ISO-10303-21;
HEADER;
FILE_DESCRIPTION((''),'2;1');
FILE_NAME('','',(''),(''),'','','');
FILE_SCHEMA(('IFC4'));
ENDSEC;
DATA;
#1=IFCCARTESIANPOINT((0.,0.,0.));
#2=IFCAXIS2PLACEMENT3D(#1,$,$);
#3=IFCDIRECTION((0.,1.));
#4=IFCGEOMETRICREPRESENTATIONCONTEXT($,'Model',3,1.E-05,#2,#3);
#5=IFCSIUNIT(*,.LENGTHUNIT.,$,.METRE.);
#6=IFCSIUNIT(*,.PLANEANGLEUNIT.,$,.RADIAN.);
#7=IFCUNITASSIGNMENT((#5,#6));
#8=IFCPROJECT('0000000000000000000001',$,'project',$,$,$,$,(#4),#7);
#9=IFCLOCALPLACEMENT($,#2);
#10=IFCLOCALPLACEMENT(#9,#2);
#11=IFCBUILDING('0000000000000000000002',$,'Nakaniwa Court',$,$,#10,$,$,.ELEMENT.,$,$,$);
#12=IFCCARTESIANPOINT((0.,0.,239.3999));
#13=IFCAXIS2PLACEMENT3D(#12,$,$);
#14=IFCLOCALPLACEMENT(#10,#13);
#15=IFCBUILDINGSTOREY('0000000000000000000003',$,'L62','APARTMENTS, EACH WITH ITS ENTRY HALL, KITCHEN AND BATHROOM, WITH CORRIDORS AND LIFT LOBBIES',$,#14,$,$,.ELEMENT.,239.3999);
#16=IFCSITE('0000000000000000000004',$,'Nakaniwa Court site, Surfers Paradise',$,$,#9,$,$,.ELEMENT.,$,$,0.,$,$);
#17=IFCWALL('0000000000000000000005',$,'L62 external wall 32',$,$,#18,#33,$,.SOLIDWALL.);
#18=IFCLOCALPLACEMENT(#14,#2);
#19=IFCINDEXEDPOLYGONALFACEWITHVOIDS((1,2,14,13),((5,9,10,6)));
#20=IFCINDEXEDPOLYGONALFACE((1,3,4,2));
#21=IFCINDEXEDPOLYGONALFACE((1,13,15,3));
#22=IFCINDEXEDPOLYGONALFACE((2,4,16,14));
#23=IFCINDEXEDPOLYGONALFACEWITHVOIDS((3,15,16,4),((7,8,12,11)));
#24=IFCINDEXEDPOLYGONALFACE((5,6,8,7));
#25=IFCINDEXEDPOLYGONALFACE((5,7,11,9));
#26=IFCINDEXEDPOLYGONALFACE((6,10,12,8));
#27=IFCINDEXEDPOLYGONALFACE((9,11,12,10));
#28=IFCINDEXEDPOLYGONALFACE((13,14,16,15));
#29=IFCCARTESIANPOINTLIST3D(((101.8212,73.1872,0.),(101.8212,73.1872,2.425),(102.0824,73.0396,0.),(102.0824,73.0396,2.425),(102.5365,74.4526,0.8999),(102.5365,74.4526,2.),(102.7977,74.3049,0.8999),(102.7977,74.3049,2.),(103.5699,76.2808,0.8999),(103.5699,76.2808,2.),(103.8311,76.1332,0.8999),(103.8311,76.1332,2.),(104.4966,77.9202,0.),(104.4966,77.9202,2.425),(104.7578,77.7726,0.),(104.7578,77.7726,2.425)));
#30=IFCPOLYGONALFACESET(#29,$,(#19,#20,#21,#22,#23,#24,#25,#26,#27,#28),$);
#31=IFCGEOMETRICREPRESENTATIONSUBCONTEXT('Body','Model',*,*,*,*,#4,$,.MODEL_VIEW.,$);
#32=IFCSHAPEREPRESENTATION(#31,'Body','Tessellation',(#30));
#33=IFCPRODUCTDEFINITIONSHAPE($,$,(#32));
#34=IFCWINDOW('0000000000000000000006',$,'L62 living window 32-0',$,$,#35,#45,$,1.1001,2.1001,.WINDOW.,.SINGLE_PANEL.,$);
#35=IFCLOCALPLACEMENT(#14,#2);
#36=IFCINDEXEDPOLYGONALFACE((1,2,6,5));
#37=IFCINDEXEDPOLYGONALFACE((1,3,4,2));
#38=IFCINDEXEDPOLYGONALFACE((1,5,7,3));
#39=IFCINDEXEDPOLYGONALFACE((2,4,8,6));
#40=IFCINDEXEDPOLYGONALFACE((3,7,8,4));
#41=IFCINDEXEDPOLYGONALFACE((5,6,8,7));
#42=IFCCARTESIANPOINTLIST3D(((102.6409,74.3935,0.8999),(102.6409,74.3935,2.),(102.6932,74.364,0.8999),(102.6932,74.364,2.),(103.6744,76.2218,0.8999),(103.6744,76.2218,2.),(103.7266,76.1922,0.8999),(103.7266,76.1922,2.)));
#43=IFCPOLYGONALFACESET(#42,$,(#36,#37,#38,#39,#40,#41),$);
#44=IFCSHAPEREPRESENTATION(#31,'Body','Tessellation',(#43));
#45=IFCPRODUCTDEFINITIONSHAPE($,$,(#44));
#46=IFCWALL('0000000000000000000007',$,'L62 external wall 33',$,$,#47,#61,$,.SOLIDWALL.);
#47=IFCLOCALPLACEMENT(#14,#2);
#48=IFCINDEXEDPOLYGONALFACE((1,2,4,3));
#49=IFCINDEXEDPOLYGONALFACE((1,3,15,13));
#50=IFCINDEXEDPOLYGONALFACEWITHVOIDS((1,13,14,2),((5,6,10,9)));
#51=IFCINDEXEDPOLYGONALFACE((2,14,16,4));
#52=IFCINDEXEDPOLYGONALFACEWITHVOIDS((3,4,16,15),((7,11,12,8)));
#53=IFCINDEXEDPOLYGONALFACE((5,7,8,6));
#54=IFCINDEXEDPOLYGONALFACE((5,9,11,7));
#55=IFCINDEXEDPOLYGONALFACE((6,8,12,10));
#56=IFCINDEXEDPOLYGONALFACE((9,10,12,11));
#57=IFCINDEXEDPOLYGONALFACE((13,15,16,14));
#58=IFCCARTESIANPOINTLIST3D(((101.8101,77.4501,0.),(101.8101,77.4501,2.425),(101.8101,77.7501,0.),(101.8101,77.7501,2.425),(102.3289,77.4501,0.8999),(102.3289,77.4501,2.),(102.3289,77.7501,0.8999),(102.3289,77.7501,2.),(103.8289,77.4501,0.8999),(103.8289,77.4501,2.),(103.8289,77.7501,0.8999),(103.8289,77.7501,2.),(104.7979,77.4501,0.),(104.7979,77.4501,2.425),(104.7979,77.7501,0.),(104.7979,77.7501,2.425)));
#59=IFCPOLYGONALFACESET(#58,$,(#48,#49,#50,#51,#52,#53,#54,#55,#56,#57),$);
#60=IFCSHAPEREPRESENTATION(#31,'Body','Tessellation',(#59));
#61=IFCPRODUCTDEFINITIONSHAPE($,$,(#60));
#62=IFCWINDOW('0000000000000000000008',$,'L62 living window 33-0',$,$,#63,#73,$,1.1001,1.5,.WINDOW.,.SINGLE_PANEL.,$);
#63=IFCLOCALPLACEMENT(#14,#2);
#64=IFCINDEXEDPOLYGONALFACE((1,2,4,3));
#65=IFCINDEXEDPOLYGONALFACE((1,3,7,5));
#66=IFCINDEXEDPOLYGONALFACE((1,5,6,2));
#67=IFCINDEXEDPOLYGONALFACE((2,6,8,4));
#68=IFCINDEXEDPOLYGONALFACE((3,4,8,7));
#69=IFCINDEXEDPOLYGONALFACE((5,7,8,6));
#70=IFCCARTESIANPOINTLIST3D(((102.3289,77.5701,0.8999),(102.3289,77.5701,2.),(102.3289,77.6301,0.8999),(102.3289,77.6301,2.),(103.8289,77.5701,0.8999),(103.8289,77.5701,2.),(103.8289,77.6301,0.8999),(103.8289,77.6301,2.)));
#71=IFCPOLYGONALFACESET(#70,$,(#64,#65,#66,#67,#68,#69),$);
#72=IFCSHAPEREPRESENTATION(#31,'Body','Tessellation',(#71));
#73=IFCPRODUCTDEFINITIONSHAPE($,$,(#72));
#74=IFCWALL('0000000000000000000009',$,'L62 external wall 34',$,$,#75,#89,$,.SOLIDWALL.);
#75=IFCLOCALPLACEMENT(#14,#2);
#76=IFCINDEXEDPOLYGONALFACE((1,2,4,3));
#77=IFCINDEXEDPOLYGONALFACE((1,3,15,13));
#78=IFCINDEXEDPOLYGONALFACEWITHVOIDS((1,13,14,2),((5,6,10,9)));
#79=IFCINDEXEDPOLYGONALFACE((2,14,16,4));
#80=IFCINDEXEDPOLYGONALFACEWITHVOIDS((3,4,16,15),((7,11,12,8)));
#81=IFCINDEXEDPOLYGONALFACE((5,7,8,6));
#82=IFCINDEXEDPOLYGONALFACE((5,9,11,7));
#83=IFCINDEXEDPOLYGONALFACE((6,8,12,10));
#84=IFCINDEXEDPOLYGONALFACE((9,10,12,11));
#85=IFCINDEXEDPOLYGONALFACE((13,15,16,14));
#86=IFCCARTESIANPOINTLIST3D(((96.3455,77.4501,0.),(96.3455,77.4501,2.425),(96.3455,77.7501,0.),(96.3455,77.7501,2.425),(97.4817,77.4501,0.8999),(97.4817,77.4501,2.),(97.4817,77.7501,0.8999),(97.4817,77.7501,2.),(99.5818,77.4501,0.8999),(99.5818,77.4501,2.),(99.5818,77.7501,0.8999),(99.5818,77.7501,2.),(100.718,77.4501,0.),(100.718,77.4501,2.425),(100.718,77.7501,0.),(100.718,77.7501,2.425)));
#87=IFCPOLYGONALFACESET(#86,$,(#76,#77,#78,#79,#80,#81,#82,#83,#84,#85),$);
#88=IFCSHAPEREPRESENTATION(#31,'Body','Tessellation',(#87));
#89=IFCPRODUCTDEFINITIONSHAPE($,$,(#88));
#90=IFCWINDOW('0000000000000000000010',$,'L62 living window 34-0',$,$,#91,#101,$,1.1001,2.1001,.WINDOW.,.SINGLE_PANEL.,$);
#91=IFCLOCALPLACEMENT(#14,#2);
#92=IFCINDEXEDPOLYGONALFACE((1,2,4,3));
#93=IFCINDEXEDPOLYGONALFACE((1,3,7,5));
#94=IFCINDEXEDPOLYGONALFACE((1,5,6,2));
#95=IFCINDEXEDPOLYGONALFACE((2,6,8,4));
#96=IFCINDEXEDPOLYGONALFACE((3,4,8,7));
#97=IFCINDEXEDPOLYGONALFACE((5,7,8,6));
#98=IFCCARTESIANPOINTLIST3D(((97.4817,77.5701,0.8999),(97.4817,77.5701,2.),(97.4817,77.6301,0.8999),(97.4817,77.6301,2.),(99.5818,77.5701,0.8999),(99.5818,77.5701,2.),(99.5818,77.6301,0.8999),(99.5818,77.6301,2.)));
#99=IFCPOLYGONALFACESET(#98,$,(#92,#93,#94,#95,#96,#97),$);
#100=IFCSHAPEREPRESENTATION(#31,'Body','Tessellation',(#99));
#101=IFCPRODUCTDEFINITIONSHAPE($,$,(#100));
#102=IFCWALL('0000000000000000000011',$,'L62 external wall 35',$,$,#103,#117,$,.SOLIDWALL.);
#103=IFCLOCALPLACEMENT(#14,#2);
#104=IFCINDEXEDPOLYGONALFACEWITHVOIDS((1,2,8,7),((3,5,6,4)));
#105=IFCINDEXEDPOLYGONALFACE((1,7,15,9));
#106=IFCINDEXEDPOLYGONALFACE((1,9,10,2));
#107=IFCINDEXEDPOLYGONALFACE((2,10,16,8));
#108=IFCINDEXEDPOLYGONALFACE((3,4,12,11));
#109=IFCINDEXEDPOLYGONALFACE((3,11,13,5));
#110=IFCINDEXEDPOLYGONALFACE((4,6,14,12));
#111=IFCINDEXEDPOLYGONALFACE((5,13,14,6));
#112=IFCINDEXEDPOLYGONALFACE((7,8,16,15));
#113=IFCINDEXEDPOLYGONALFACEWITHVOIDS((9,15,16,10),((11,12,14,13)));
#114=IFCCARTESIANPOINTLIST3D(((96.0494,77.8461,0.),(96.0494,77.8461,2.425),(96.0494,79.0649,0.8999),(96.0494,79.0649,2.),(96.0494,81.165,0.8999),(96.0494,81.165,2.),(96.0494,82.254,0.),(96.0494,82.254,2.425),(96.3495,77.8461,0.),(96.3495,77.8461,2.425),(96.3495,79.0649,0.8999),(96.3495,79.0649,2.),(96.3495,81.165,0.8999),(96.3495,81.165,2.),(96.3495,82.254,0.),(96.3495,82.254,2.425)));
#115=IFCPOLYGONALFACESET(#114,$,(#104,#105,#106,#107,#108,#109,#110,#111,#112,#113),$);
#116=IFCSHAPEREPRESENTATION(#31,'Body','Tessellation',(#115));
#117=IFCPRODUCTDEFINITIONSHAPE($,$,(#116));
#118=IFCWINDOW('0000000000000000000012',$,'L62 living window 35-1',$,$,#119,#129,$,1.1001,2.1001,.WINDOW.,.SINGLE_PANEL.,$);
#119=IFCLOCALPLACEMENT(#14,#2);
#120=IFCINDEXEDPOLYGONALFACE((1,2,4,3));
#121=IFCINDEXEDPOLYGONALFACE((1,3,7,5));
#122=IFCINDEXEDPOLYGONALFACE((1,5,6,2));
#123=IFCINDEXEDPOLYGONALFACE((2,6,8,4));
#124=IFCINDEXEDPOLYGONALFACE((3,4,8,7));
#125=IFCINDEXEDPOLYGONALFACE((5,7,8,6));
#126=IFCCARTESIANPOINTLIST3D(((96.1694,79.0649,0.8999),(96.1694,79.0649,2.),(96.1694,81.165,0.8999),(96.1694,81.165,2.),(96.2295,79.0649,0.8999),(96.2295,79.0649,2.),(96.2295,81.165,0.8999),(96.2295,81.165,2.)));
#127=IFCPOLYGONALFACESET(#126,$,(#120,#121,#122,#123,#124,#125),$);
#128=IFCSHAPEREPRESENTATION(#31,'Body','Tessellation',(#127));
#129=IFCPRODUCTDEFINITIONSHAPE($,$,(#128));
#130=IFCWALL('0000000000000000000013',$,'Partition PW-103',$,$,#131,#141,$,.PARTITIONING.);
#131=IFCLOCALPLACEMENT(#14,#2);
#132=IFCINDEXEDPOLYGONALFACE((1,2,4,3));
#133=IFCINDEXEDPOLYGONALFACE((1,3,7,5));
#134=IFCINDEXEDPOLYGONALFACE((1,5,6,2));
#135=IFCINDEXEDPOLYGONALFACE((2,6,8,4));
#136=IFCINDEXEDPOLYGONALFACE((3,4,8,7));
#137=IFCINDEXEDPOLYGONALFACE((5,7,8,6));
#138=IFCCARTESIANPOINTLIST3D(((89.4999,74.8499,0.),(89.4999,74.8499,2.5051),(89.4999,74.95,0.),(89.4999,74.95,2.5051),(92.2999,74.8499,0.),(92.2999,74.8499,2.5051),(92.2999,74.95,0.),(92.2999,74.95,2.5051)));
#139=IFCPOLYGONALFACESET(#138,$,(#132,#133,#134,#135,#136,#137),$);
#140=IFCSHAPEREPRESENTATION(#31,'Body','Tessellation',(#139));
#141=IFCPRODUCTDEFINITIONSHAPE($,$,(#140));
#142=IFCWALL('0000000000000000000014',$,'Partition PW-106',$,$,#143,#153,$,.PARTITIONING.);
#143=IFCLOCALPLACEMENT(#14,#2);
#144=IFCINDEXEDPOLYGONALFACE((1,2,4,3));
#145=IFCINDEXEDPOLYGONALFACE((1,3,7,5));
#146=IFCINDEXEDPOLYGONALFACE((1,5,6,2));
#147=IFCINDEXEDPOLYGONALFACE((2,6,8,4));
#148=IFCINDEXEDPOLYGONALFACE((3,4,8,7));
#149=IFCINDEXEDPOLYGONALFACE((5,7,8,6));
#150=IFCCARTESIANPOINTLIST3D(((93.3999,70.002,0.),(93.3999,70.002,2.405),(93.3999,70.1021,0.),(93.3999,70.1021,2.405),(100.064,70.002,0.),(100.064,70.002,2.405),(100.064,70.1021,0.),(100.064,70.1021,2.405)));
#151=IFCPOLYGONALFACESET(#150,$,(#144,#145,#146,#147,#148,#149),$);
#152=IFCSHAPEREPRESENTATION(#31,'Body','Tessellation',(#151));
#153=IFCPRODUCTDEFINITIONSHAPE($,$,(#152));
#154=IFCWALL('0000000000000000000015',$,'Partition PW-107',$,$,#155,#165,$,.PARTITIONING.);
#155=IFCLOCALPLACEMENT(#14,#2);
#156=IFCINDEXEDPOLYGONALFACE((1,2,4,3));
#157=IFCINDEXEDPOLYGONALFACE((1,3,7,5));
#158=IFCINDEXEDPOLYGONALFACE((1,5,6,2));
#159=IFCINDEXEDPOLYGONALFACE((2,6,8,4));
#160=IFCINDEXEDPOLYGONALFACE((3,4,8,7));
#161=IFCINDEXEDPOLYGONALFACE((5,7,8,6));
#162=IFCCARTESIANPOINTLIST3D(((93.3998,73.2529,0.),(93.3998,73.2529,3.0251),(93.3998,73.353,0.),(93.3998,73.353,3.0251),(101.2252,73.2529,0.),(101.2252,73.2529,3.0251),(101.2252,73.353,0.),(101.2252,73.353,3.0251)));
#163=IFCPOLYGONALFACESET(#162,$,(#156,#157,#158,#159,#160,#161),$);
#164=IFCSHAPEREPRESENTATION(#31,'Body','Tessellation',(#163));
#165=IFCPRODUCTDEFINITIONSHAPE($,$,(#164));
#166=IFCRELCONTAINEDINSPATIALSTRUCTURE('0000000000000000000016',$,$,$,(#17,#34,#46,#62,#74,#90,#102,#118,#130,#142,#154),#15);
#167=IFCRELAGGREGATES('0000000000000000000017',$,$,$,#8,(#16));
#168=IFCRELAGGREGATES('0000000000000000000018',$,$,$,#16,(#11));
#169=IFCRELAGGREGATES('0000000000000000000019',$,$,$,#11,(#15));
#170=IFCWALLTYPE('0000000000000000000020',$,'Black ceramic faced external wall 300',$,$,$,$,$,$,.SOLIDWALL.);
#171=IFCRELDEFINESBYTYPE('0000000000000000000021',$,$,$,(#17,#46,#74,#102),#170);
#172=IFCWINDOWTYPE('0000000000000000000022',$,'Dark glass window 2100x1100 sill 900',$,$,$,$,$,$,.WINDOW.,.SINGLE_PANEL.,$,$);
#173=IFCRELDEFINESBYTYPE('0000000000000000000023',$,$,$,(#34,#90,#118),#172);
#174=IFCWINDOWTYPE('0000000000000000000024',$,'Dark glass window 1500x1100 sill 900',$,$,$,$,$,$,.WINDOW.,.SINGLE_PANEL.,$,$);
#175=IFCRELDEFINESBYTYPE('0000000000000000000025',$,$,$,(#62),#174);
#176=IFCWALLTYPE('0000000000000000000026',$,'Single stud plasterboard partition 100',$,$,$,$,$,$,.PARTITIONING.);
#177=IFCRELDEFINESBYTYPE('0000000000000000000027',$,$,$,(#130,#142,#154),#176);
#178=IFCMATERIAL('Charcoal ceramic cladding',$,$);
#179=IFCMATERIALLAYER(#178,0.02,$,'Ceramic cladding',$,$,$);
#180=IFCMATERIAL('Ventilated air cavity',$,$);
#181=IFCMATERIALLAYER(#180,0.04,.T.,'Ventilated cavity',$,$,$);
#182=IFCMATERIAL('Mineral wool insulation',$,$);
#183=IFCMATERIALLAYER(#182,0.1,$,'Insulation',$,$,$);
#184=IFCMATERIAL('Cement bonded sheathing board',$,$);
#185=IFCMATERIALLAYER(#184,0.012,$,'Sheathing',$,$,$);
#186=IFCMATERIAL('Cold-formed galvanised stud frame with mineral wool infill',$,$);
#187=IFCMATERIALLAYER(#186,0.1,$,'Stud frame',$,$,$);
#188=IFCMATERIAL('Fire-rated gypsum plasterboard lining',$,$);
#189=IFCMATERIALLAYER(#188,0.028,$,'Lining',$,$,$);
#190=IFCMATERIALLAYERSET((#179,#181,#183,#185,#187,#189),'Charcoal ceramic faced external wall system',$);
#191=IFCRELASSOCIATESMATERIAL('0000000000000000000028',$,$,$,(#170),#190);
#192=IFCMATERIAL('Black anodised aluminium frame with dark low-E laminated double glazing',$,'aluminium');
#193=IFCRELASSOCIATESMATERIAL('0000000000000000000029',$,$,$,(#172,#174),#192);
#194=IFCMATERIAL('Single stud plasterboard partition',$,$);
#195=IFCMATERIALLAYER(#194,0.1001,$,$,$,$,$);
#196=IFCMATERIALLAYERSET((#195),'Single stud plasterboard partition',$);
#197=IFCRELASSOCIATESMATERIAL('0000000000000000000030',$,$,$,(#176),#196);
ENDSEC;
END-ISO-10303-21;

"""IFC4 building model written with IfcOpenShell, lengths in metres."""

from ifc_helpers import new_model, si_unit, direction, frame, frame_2d, origin, place, context, subcontext, project, spatial, rectangle, extrude, material, layer, layer_set, type_object, element, fill, save


model = new_model("IFC4")

# Units and contexts
model_context = context("Model", 3, precision=1e-05, world=origin(), true_north=direction((0.0, 1.0)))
body_context = subcontext(model_context, "Body", "Model", "MODEL_VIEW")
ifc_project = project(units=[si_unit("LENGTHUNIT", "METRE"), si_unit("PLANEANGLEUNIT", "RADIAN")], contexts=[model_context])

# Site, building, storey
site_placement = place(None, origin())
site = spatial("IfcSite", under=ifc_project, at=site_placement, Name="Nakaniwa Court site, Surfers Paradise", CompositionType="ELEMENT", RefElevation=0.0)
building_placement = place(site_placement, origin())
building = spatial("IfcBuilding", under=site, at=building_placement, Name="Nakaniwa Court", CompositionType="ELEMENT")
storey_placement = place(building_placement, frame((0.0, 0.0, 239.3999)))
storey = spatial("IfcBuildingStorey", under=building, at=storey_placement, Name="L62", Description="APARTMENTS, EACH WITH ITS ENTRY HALL, KITCHEN AND BATHROOM, WITH CORRIDORS AND LIFT LOBBIES", CompositionType="ELEMENT", Elevation=239.3999)

# Walls, openings, windows
ifc_material_1 = material(Name="Charcoal ceramic cladding")
ifc_layer_1 = layer(ifc_material_1, 0.02, Name="Ceramic cladding")
ifc_material_2 = material(Name="Ventilated air cavity")
ifc_layer_2 = layer(ifc_material_2, 0.04, ventilated=True, Name="Ventilated cavity")
ifc_material_3 = material(Name="Mineral wool insulation")
ifc_layer_3 = layer(ifc_material_3, 0.1, Name="Insulation")
ifc_material_4 = material(Name="Cement bonded sheathing board")
ifc_layer_4 = layer(ifc_material_4, 0.012, Name="Sheathing")
ifc_material_5 = material(Name="Cold-formed galvanised stud frame with mineral wool infill")
ifc_layer_5 = layer(ifc_material_5, 0.1, Name="Stud frame")
ifc_material_6 = material(Name="Fire-rated gypsum plasterboard lining")
ifc_layer_6 = layer(ifc_material_6, 0.028, Name="Lining")
ifc_layer_set_1 = layer_set([ifc_layer_1, ifc_layer_2, ifc_layer_3, ifc_layer_4, ifc_layer_5, ifc_layer_6], Name="Charcoal ceramic faced external wall system")
wall_type_1 = type_object("IfcWallType", Name="Black ceramic faced external wall 300", PredefinedType="SOLIDWALL", material=ifc_layer_set_1)
wall_1_placement = place(storey_placement, frame((101.9519, 73.1135, 0.0), z_axis=(0.0, 0.0, 1.0), x_axis=(0.492081, 0.870549, 0.0)))
wall_1 = element("IfcWall", 1, at=wall_1_placement, inside=storey, type_object=wall_type_1, Name="L62 external wall 32", PredefinedType="SOLIDWALL", context=body_context, shape_type="SweptSolid", body=[
    extrude(rectangle(XDim=5.4368, YDim=0.3, at=frame_2d((2.7183, 0.0))), origin(), (0.0, 0.0, 1.0), 2.425),
])
opening_1_placement = place(wall_1_placement, frame((1.4534, 0.0, 0.8999)))
opening_1 = element("IfcOpeningElement", 2, at=opening_1_placement, cuts=wall_1, PredefinedType="OPENING", context=body_context, shape_type="SweptSolid", body=[
    extrude(rectangle(XDim=2.1001, YDim=1.1001, at=frame_2d((1.05, 0.55))), frame((0.0, 0.1599, 0.0), z_axis=(0.0, -1.0, 0.0), x_axis=(1.0, 0.0, 0.0)), (0.0, 0.0, 1.0), 0.3201),
])
ifc_material_7 = material(Name="Black anodised aluminium frame with dark low-E laminated double glazing", Category="aluminium")
window_type_1 = type_object("IfcWindowType", Name="Dark glass window 2100x1100 sill 900", PartitioningType="SINGLE_PANEL", PredefinedType="WINDOW", material=ifc_material_7)
window_1_placement = place(opening_1_placement, origin())
window_1 = element("IfcWindow", 3, at=window_1_placement, inside=storey, type_object=window_type_1, Name="L62 living window 32-0", OverallHeight=1.1001, OverallWidth=2.1001, PartitioningType="SINGLE_PANEL", PredefinedType="WINDOW", context=body_context, shape_type="SweptSolid", body=[
    extrude(rectangle(XDim=2.1001, YDim=1.1001, at=frame_2d((1.05, 0.55))), frame((0.0, 0.03, 0.0), z_axis=(0.0, -1.0, 0.0), x_axis=(1.0, 0.0, 0.0)), (0.0, 0.0, 1.0), 0.0601),
])
fill(opening_1, window_1)
wall_2_placement = place(storey_placement, frame((104.7979, 77.6001, 0.0), z_axis=(0.0, 0.0, 1.0), x_axis=(-1.0, 0.0, 0.0)))
wall_2 = element("IfcWall", 4, at=wall_2_placement, inside=storey, type_object=wall_type_1, Name="L62 external wall 33", PredefinedType="SOLIDWALL", context=body_context, shape_type="SweptSolid", body=[
    extrude(rectangle(XDim=2.9878, YDim=0.3, at=frame_2d((1.4939, 0.0))), origin(), (0.0, 0.0, 1.0), 2.425),
])
opening_2_placement = place(wall_2_placement, frame((0.969, 0.0, 0.8999)))
opening_2 = element("IfcOpeningElement", 5, at=opening_2_placement, cuts=wall_2, PredefinedType="OPENING", context=body_context, shape_type="SweptSolid", body=[
    extrude(rectangle(XDim=1.5, YDim=1.1001, at=frame_2d((0.75, 0.55))), frame((0.0, 0.1599, 0.0), z_axis=(0.0, -1.0, 0.0), x_axis=(1.0, 0.0, 0.0)), (0.0, 0.0, 1.0), 0.3201),
])
window_type_2 = type_object("IfcWindowType", Name="Dark glass window 1500x1100 sill 900", PartitioningType="SINGLE_PANEL", PredefinedType="WINDOW", material=ifc_material_7)
window_2_placement = place(opening_2_placement, origin())
window_2 = element("IfcWindow", 6, at=window_2_placement, inside=storey, type_object=window_type_2, Name="L62 living window 33-0", OverallHeight=1.1001, OverallWidth=1.5, PartitioningType="SINGLE_PANEL", PredefinedType="WINDOW", context=body_context, shape_type="SweptSolid", body=[
    extrude(rectangle(XDim=1.5, YDim=1.1001, at=frame_2d((0.75, 0.55))), frame((0.0, 0.03, 0.0), z_axis=(0.0, -1.0, 0.0), x_axis=(1.0, 0.0, 0.0)), (0.0, 0.0, 1.0), 0.0601),
])
fill(opening_2, window_2)
wall_3_placement = place(storey_placement, frame((100.718, 77.6001, 0.0), z_axis=(0.0, 0.0, 1.0), x_axis=(-1.0, 0.0, 0.0)))
wall_3 = element("IfcWall", 7, at=wall_3_placement, inside=storey, type_object=wall_type_1, Name="L62 external wall 34", PredefinedType="SOLIDWALL", context=body_context, shape_type="SweptSolid", body=[
    extrude(rectangle(XDim=4.3726, YDim=0.3, at=frame_2d((2.1863, 0.0))), origin(), (0.0, 0.0, 1.0), 2.425),
])
opening_3_placement = place(wall_3_placement, frame((1.1362, 0.0, 0.8999)))
opening_3 = element("IfcOpeningElement", 8, at=opening_3_placement, cuts=wall_3, PredefinedType="OPENING", context=body_context, shape_type="SweptSolid", body=[
    extrude(rectangle(XDim=2.1001, YDim=1.1001, at=frame_2d((1.05, 0.55))), frame((0.0, 0.1599, 0.0), z_axis=(0.0, -1.0, 0.0), x_axis=(1.0, 0.0, 0.0)), (0.0, 0.0, 1.0), 0.3201),
])
window_3_placement = place(opening_3_placement, origin())
window_3 = element("IfcWindow", 9, at=window_3_placement, inside=storey, type_object=window_type_1, Name="L62 living window 34-0", OverallHeight=1.1001, OverallWidth=2.1001, PartitioningType="SINGLE_PANEL", PredefinedType="WINDOW", context=body_context, shape_type="SweptSolid", body=[
    extrude(rectangle(XDim=2.1001, YDim=1.1001, at=frame_2d((1.05, 0.55))), frame((0.0, 0.03, 0.0), z_axis=(0.0, -1.0, 0.0), x_axis=(1.0, 0.0, 0.0)), (0.0, 0.0, 1.0), 0.0601),
])
fill(opening_3, window_3)
wall_4_placement = place(storey_placement, frame((96.1995, 77.8459, 0.0), z_axis=(0.0, 0.0, 1.0), x_axis=(0.0, 1.0, 0.0)))
wall_4 = element("IfcWall", 10, at=wall_4_placement, inside=storey, type_object=wall_type_1, Name="L62 external wall 35", PredefinedType="SOLIDWALL", context=body_context, shape_type="SweptSolid", body=[
    extrude(rectangle(XDim=4.408, YDim=0.3, at=frame_2d((2.2041, 0.0))), origin(), (0.0, 0.0, 1.0), 2.425),
])
opening_4_placement = place(wall_4_placement, frame((1.219, 0.0, 0.8999)))
opening_4 = element("IfcOpeningElement", 11, at=opening_4_placement, cuts=wall_4, PredefinedType="OPENING", context=body_context, shape_type="SweptSolid", body=[
    extrude(rectangle(XDim=2.1001, YDim=1.1001, at=frame_2d((1.05, 0.55))), frame((0.0, 0.1599, 0.0), z_axis=(0.0, -1.0, 0.0), x_axis=(1.0, 0.0, 0.0)), (0.0, 0.0, 1.0), 0.3201),
])
window_4_placement = place(opening_4_placement, origin())
window_4 = element("IfcWindow", 12, at=window_4_placement, inside=storey, type_object=window_type_1, Name="L62 living window 35-1", OverallHeight=1.1001, OverallWidth=2.1001, PartitioningType="SINGLE_PANEL", PredefinedType="WINDOW", context=body_context, shape_type="SweptSolid", body=[
    extrude(rectangle(XDim=2.1001, YDim=1.1001, at=frame_2d((1.05, 0.55))), frame((0.0, 0.03, 0.0), z_axis=(0.0, -1.0, 0.0), x_axis=(1.0, 0.0, 0.0)), (0.0, 0.0, 1.0), 0.0601),
])
fill(opening_4, window_4)

# Walls
ifc_material_8 = material(Name="Single stud plasterboard partition")
ifc_layer_7 = layer(ifc_material_8, 0.1001)
ifc_layer_set_2 = layer_set([ifc_layer_7], Name="Single stud plasterboard partition")
wall_type_2 = type_object("IfcWallType", Name="Single stud plasterboard partition 100", PredefinedType="PARTITIONING", material=ifc_layer_set_2)
wall_5_placement = place(storey_placement, frame((89.5, 74.8999, 0.0), z_axis=(0.0, 0.0, 1.0), x_axis=(1.0, 0.0, 0.0)))
element("IfcWall", 13, at=wall_5_placement, inside=storey, type_object=wall_type_2, Name="Partition PW-103", PredefinedType="PARTITIONING", context=body_context, shape_type="SweptSolid", body=[
    extrude(rectangle(XDim=2.8, YDim=0.1001, at=frame_2d((1.3999, 0.0))), origin(), (0.0, 0.0, 1.0), 2.5051),
])
wall_6_placement = place(storey_placement, frame((93.3999, 70.052, 0.0), z_axis=(0.0, 0.0, 1.0), x_axis=(1.0, 0.0, 0.0)))
element("IfcWall", 14, at=wall_6_placement, inside=storey, type_object=wall_type_2, Name="Partition PW-106", PredefinedType="PARTITIONING", context=body_context, shape_type="SweptSolid", body=[
    extrude(rectangle(XDim=6.6641, YDim=0.1001, at=frame_2d((3.332, 0.0))), origin(), (0.0, 0.0, 1.0), 2.405),
])
wall_7_placement = place(storey_placement, frame((93.3999, 73.303, 0.0), z_axis=(0.0, 0.0, 1.0), x_axis=(1.0, 0.0, 0.0)))
element("IfcWall", 15, at=wall_7_placement, inside=storey, type_object=wall_type_2, Name="Partition PW-107", PredefinedType="PARTITIONING", context=body_context, shape_type="SweptSolid", body=[
    extrude(rectangle(XDim=7.8254, YDim=0.1001, at=frame_2d((3.9126, 0.0))), origin(), (0.0, 0.0, 1.0), 3.0251),
])

save(model, "model.ifc")
